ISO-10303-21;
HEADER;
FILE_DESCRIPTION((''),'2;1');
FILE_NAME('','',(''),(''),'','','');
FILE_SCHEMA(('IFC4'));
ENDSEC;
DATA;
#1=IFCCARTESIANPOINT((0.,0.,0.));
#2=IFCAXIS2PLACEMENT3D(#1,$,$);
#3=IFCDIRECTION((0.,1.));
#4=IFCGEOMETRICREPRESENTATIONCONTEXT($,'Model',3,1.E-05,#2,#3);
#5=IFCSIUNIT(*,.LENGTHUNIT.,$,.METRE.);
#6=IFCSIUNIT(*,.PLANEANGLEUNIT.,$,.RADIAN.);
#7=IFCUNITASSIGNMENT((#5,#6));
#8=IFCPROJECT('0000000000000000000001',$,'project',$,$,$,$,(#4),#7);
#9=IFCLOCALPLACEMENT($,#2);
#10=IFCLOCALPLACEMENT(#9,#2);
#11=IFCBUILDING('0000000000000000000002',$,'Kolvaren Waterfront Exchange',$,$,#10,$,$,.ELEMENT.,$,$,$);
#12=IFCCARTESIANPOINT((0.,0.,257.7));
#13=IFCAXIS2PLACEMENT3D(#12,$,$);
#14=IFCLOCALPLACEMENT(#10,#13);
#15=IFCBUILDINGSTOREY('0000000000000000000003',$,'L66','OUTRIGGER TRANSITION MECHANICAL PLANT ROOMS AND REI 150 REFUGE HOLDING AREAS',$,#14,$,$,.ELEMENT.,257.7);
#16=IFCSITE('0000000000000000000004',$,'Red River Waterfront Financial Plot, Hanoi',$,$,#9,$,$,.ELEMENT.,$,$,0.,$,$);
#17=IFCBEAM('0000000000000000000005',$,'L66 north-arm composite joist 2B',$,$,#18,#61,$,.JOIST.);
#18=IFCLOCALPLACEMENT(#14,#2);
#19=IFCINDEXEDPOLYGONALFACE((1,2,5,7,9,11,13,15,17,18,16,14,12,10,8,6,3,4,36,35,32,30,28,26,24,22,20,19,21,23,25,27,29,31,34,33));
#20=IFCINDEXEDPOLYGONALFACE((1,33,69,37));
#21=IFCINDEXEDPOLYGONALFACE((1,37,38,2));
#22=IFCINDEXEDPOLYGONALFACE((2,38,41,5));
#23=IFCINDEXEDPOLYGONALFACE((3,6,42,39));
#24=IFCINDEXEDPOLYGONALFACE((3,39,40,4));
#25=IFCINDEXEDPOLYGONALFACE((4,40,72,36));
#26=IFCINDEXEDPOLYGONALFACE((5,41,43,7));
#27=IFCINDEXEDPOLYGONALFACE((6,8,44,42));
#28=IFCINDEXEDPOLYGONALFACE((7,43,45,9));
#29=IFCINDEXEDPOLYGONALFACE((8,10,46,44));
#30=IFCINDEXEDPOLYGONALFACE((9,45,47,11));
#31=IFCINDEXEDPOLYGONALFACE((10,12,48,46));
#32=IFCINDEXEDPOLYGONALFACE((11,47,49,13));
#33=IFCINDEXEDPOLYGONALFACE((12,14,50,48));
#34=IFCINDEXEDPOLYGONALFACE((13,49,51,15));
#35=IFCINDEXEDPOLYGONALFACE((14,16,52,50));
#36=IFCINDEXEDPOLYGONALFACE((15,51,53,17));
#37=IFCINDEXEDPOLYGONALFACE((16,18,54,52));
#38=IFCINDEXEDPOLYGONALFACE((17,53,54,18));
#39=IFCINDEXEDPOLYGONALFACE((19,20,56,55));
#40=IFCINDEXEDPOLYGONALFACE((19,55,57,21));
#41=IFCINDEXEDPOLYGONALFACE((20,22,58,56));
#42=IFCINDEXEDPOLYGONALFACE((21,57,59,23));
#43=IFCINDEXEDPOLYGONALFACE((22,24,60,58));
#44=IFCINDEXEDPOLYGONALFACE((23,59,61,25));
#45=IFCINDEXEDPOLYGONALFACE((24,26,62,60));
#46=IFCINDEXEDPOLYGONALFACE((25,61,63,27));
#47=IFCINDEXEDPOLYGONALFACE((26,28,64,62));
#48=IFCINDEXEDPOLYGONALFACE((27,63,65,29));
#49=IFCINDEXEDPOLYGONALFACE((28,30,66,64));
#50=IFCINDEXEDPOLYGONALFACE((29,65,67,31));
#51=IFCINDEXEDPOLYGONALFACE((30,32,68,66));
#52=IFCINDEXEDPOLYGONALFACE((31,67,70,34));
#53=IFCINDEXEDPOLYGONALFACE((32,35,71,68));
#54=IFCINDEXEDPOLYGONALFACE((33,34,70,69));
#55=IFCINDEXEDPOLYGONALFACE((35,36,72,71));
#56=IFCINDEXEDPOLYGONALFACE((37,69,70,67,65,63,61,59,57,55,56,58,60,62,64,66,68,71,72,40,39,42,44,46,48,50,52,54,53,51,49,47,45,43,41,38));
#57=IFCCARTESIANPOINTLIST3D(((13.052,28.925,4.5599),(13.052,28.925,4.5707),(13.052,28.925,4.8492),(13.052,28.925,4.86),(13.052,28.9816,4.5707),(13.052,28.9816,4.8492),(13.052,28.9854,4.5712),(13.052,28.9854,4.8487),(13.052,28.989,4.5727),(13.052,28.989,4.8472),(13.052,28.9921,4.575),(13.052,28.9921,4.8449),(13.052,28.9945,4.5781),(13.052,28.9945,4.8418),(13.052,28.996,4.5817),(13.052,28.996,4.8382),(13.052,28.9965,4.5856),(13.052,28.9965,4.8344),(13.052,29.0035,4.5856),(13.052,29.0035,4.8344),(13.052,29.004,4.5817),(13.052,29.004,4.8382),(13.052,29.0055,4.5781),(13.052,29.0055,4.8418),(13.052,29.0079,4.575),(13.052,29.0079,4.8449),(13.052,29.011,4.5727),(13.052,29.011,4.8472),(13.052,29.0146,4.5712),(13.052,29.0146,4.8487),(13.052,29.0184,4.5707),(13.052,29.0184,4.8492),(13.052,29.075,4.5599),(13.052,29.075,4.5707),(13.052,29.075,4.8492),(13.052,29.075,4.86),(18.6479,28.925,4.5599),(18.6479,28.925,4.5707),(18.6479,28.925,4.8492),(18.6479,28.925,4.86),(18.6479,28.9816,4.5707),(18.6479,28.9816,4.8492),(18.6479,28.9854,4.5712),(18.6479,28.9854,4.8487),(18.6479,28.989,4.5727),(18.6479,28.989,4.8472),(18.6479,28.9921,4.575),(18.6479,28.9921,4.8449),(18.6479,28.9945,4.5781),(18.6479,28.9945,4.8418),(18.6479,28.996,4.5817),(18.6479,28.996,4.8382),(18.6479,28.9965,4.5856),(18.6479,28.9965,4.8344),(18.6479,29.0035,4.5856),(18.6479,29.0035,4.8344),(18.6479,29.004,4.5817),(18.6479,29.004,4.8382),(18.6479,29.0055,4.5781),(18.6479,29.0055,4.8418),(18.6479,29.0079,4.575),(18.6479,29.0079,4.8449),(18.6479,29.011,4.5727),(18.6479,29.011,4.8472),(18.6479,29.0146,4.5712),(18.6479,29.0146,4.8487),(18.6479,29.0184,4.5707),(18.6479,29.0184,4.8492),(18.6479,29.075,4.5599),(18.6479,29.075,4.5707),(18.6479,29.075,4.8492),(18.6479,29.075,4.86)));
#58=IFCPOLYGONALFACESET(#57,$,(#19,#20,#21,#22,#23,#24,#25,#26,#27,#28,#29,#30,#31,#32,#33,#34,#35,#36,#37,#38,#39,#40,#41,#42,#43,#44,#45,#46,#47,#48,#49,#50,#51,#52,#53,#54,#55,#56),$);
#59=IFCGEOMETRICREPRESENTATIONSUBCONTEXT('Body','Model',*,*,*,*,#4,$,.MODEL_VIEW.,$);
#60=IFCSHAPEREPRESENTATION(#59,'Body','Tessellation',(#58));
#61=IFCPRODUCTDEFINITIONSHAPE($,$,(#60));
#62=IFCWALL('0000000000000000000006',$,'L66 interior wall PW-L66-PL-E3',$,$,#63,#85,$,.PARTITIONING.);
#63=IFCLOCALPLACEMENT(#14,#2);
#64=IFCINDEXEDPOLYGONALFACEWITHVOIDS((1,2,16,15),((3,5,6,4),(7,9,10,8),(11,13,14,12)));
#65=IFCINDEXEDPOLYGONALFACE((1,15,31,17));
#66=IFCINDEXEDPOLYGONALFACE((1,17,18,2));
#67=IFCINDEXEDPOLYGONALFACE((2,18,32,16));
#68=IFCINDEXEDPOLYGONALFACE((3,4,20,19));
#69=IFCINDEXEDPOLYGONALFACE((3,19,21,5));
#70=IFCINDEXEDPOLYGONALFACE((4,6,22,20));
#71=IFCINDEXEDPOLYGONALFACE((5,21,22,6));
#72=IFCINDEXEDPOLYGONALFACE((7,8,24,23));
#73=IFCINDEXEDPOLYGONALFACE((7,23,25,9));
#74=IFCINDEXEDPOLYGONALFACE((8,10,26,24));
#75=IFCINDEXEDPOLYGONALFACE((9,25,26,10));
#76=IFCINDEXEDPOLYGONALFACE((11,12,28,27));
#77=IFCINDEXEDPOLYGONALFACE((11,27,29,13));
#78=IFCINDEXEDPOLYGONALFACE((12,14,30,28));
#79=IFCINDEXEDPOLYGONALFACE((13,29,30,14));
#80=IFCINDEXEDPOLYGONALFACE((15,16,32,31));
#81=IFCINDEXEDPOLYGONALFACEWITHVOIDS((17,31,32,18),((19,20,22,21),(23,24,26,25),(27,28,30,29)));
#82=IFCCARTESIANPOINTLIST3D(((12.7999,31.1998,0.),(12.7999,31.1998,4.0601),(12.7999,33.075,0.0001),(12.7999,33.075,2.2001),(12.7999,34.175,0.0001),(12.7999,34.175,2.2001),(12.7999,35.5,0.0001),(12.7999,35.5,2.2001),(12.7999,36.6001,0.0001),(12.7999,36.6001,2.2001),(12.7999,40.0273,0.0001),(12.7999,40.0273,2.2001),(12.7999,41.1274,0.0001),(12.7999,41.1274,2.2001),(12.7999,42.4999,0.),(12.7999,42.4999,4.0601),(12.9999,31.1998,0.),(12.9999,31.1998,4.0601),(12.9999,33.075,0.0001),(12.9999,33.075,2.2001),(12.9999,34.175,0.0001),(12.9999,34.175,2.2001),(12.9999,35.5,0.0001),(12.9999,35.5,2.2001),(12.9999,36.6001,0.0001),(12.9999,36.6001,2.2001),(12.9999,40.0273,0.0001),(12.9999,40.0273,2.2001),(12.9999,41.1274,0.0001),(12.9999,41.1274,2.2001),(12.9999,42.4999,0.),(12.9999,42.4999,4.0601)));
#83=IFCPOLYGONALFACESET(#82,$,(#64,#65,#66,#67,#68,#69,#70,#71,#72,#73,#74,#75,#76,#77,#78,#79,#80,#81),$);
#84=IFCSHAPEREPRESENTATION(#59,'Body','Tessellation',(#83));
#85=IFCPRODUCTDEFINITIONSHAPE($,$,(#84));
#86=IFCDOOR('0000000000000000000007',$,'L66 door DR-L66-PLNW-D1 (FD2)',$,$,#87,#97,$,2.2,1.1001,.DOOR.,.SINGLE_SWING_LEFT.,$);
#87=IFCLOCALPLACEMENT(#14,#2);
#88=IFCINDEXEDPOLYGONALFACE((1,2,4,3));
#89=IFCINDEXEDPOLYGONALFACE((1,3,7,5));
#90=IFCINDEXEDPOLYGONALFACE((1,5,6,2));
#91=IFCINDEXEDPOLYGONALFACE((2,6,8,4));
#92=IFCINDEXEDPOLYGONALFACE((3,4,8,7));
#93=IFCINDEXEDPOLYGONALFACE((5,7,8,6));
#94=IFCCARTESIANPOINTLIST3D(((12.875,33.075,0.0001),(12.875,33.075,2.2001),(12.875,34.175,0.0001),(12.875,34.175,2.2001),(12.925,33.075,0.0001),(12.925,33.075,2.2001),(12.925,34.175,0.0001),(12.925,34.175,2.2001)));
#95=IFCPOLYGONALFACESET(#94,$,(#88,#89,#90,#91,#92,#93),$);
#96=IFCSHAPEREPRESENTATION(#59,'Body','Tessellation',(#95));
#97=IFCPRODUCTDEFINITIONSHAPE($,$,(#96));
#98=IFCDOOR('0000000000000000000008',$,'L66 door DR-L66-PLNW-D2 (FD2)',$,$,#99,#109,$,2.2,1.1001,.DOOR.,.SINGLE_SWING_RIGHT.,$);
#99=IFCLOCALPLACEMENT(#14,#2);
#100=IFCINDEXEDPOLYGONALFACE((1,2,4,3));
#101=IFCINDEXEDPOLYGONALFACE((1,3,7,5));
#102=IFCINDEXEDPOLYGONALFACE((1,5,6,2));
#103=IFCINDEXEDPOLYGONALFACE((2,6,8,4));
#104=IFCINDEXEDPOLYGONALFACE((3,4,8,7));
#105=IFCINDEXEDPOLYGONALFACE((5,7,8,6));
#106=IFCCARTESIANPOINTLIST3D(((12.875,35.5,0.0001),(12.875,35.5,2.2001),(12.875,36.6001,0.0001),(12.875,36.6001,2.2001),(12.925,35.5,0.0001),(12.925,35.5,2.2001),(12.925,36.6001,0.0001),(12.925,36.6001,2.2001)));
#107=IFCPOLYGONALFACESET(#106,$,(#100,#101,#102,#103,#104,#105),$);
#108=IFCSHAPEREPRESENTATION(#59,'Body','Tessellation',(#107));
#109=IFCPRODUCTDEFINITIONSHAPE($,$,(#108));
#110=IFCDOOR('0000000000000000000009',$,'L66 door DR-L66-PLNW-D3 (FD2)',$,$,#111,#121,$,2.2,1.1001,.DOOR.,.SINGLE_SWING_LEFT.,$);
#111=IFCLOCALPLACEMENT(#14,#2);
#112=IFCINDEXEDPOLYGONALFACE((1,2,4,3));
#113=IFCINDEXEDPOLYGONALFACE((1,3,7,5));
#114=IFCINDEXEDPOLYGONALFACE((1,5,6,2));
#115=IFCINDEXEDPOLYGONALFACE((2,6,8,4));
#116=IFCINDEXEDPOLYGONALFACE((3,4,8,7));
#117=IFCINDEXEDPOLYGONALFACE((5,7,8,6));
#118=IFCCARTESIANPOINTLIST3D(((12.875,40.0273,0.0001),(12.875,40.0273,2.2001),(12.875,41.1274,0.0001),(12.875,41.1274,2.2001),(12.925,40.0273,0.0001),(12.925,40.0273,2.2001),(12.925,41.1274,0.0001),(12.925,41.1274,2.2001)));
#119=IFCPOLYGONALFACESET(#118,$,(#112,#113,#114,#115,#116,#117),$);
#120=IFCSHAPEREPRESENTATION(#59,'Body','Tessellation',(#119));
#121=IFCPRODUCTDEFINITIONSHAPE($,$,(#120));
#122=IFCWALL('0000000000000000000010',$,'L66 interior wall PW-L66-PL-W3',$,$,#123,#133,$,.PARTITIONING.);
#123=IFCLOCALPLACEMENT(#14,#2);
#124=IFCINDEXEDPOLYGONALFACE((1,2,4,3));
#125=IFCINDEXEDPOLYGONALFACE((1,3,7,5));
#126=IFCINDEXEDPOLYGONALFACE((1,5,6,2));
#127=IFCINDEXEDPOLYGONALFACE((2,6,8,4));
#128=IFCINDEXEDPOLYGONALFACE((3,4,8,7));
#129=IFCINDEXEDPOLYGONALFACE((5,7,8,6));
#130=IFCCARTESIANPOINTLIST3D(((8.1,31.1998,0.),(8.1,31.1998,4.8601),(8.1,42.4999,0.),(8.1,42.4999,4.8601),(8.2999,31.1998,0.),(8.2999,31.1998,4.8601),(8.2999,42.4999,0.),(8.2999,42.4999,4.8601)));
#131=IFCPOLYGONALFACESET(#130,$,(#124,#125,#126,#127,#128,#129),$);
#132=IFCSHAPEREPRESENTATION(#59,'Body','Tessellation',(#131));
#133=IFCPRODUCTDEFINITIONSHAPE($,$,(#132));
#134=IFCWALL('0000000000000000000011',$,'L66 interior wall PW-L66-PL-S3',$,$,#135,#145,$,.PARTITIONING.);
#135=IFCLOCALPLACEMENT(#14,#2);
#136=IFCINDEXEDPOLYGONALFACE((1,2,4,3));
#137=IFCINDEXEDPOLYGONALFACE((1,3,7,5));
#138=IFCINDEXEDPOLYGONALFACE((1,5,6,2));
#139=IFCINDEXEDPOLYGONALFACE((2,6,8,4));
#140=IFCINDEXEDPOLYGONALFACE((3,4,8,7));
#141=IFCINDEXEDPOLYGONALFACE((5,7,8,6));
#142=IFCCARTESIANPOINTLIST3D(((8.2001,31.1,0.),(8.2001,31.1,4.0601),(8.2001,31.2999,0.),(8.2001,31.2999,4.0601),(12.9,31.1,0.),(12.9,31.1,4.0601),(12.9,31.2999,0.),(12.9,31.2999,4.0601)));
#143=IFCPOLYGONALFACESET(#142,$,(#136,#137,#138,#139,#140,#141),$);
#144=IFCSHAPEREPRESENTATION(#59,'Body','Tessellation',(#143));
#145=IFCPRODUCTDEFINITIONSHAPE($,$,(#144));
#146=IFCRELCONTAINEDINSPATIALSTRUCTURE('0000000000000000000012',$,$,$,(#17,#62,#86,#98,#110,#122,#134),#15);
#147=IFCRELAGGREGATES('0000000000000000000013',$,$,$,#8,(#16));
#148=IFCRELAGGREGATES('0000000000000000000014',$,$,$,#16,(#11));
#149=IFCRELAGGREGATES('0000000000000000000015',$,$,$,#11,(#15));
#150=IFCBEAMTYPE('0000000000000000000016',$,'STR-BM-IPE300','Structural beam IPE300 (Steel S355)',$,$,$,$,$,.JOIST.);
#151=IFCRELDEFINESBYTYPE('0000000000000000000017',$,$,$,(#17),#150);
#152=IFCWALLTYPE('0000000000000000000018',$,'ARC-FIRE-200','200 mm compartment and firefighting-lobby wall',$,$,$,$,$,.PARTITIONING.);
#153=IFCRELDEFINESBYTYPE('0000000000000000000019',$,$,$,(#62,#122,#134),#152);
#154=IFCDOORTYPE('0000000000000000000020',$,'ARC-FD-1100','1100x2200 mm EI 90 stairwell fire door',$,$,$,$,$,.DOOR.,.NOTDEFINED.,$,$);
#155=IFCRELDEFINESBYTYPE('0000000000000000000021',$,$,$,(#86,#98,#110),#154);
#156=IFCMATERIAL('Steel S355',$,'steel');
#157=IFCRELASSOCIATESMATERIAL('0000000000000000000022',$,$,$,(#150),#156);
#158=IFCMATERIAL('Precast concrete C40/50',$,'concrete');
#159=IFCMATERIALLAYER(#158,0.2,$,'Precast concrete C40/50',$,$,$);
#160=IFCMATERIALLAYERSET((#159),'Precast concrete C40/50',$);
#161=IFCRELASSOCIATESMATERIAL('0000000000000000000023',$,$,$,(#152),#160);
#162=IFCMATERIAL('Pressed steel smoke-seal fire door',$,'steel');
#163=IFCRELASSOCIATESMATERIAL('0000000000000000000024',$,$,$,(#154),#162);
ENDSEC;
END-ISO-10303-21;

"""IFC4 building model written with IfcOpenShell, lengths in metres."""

from ifc_helpers import new_model, si_unit, direction, frame, frame_2d, origin, origin_2d, place, context, subcontext, project, spatial, rectangle, i_section, extrude, material, layer, layer_set, material_profile, profile_set, type_object, element, fill, save


model = new_model("IFC4")

# Units and contexts
model_context = context("Model", 3, precision=1e-05, world=origin(), true_north=direction((0.0, 1.0)))
body_context = subcontext(model_context, "Body", "Model", "MODEL_VIEW")
ifc_project = project(units=[si_unit("LENGTHUNIT", "METRE"), si_unit("PLANEANGLEUNIT", "RADIAN")], contexts=[model_context])

# Site, building, storey
site_placement = place(None, origin())
site = spatial("IfcSite", under=ifc_project, at=site_placement, Name="Red River Waterfront Financial Plot, Hanoi", CompositionType="ELEMENT", RefElevation=0.0)
building_placement = place(site_placement, origin())
building = spatial("IfcBuilding", under=site, at=building_placement, Name="Kolvaren Waterfront Exchange", CompositionType="ELEMENT")
storey_placement = place(building_placement, frame((0.0, 0.0, 257.7)))
storey = spatial("IfcBuildingStorey", under=building, at=storey_placement, Name="L66", Description="OUTRIGGER TRANSITION MECHANICAL PLANT ROOMS AND REI 150 REFUGE HOLDING AREAS", CompositionType="ELEMENT", Elevation=257.7)

# Beam
ifc_material_1 = material(Name="Steel S355", Category="steel")
ifc_material_profile_1 = material_profile(ifc_material_1, i_section(OverallWidth=0.1499, OverallDepth=0.3, WebThickness=0.0071, FlangeThickness=0.0107, FilletRadius=0.0149, at=origin_2d()), Name="IPE300")
ifc_profile_set_1 = profile_set([ifc_material_profile_1], Name="Steel S355")
beam_type_1 = type_object("IfcBeamType", Name="STR-BM-IPE300", Description="Structural beam IPE300 (Steel S355)", PredefinedType="JOIST", material=ifc_profile_set_1)
beam_1_placement = place(storey_placement, frame((13.052, 29.0, 4.71), z_axis=(1.0, 0.0, 0.0), x_axis=(0.0, 1.0, 0.0)))
element("IfcBeam", 1, at=beam_1_placement, inside=storey, type_object=beam_type_1, Name="L66 north-arm composite joist 2B", PredefinedType="JOIST", context=body_context, shape_type="SweptSolid", body=[
    extrude(i_section(OverallWidth=0.1499, OverallDepth=0.3, WebThickness=0.0071, FlangeThickness=0.0107, FilletRadius=0.0149, at=origin_2d()), origin(), (0.0, 0.0, 1.0), 5.5959),
])

# Wall, openings, doors
ifc_material_2 = material(Name="Precast concrete C40/50", Category="concrete")
ifc_layer_1 = layer(ifc_material_2, 0.2, Name="Precast concrete C40/50")
ifc_layer_set_1 = layer_set([ifc_layer_1], Name="Precast concrete C40/50")
wall_type_1 = type_object("IfcWallType", Name="ARC-FIRE-200", Description="200 mm compartment and firefighting-lobby wall", PredefinedType="PARTITIONING", material=ifc_layer_set_1)
wall_1_placement = place(storey_placement, frame((12.8999, 31.2, 0.0), z_axis=(0.0, 0.0, 1.0), x_axis=(0.0, 1.0, 0.0)))
wall_1 = element("IfcWall", 2, at=wall_1_placement, inside=storey, type_object=wall_type_1, Name="L66 interior wall PW-L66-PL-E3", PredefinedType="PARTITIONING", context=body_context, shape_type="SweptSolid", body=[
    extrude(rectangle(XDim=11.3, YDim=0.2, at=frame_2d((5.6499, 0.0))), origin(), (0.0, 0.0, 1.0), 4.0601),
])
opening_1_placement = place(wall_1_placement, frame((1.875, 0.0, 0.0)))
opening_1 = element("IfcOpeningElement", 3, at=opening_1_placement, cuts=wall_1, PredefinedType="OPENING", context=body_context, shape_type="SweptSolid", body=[
    extrude(rectangle(XDim=1.1001, YDim=2.2, at=frame_2d((0.55, 1.1001))), frame((0.0, 0.1099, 0.0), z_axis=(0.0, -1.0, 0.0), x_axis=(1.0, 0.0, 0.0)), (0.0, 0.0, 1.0), 0.22),
])
opening_2_placement = place(wall_1_placement, frame((4.3, 0.0, 0.0)))
opening_2 = element("IfcOpeningElement", 4, at=opening_2_placement, cuts=wall_1, PredefinedType="OPENING", context=body_context, shape_type="SweptSolid", body=[
    extrude(rectangle(XDim=1.1001, YDim=2.2, at=frame_2d((0.55, 1.1001))), frame((0.0, 0.1099, 0.0), z_axis=(0.0, -1.0, 0.0), x_axis=(1.0, 0.0, 0.0)), (0.0, 0.0, 1.0), 0.22),
])
opening_3_placement = place(wall_1_placement, frame((8.8274, 0.0, 0.0)))
opening_3 = element("IfcOpeningElement", 5, at=opening_3_placement, cuts=wall_1, PredefinedType="OPENING", context=body_context, shape_type="SweptSolid", body=[
    extrude(rectangle(XDim=1.1001, YDim=2.2, at=frame_2d((0.55, 1.1001))), frame((0.0, 0.1099, 0.0), z_axis=(0.0, -1.0, 0.0), x_axis=(1.0, 0.0, 0.0)), (0.0, 0.0, 1.0), 0.22),
])
ifc_material_3 = material(Name="Pressed steel smoke-seal fire door", Category="steel")
door_type_1 = type_object("IfcDoorType", Name="ARC-FD-1100", Description="1100x2200 mm EI 90 stairwell fire door", OperationType="NOTDEFINED", PredefinedType="DOOR", material=ifc_material_3)
door_1_placement = place(opening_1_placement, origin())
door_1 = element("IfcDoor", 6, at=door_1_placement, inside=storey, type_object=door_type_1, Name="L66 door DR-L66-PLNW-D1 (FD2)", OperationType="SINGLE_SWING_LEFT", OverallHeight=2.2, OverallWidth=1.1001, PredefinedType="DOOR", context=body_context, shape_type="SweptSolid", body=[
    extrude(rectangle(XDim=1.1001, YDim=2.2, at=frame_2d((0.55, 1.1001))), frame((0.0, 0.0249, 0.0), z_axis=(0.0, -1.0, 0.0), x_axis=(1.0, 0.0, 0.0)), (0.0, 0.0, 1.0), 0.05),
])
fill(opening_1, door_1)
door_2_placement = place(opening_2_placement, origin())
door_2 = element("IfcDoor", 7, at=door_2_placement, inside=storey, type_object=door_type_1, Name="L66 door DR-L66-PLNW-D2 (FD2)", OperationType="SINGLE_SWING_RIGHT", OverallHeight=2.2, OverallWidth=1.1001, PredefinedType="DOOR", context=body_context, shape_type="SweptSolid", body=[
    extrude(rectangle(XDim=1.1001, YDim=2.2, at=frame_2d((0.55, 1.1001))), frame((0.0, 0.0249, 0.0), z_axis=(0.0, -1.0, 0.0), x_axis=(1.0, 0.0, 0.0)), (0.0, 0.0, 1.0), 0.05),
])
fill(opening_2, door_2)
door_3_placement = place(opening_3_placement, origin())
door_3 = element("IfcDoor", 8, at=door_3_placement, inside=storey, type_object=door_type_1, Name="L66 door DR-L66-PLNW-D3 (FD2)", OperationType="SINGLE_SWING_LEFT", OverallHeight=2.2, OverallWidth=1.1001, PredefinedType="DOOR", context=body_context, shape_type="SweptSolid", body=[
    extrude(rectangle(XDim=1.1001, YDim=2.2, at=frame_2d((0.55, 1.1001))), frame((0.0, 0.0249, 0.0), z_axis=(0.0, -1.0, 0.0), x_axis=(1.0, 0.0, 0.0)), (0.0, 0.0, 1.0), 0.05),
])
fill(opening_3, door_3)

# Walls
wall_2_placement = place(storey_placement, frame((8.2, 31.2, 0.0), z_axis=(0.0, 0.0, 1.0), x_axis=(0.0, 1.0, 0.0)))
element("IfcWall", 9, at=wall_2_placement, inside=storey, type_object=wall_type_1, Name="L66 interior wall PW-L66-PL-W3", PredefinedType="PARTITIONING", context=body_context, shape_type="SweptSolid", body=[
    extrude(rectangle(XDim=11.3, YDim=0.2, at=frame_2d((5.6499, 0.0))), origin(), (0.0, 0.0, 1.0), 4.8601),
])
wall_3_placement = place(storey_placement, frame((8.2, 31.2, 0.0), z_axis=(0.0, 0.0, 1.0), x_axis=(1.0, 0.0, 0.0)))
element("IfcWall", 10, at=wall_3_placement, inside=storey, type_object=wall_type_1, Name="L66 interior wall PW-L66-PL-S3", PredefinedType="PARTITIONING", context=body_context, shape_type="SweptSolid", body=[
    extrude(rectangle(XDim=4.7, YDim=0.2, at=frame_2d((2.3501, 0.0))), origin(), (0.0, 0.0, 1.0), 4.0601),
])

save(model, "model.ifc")
